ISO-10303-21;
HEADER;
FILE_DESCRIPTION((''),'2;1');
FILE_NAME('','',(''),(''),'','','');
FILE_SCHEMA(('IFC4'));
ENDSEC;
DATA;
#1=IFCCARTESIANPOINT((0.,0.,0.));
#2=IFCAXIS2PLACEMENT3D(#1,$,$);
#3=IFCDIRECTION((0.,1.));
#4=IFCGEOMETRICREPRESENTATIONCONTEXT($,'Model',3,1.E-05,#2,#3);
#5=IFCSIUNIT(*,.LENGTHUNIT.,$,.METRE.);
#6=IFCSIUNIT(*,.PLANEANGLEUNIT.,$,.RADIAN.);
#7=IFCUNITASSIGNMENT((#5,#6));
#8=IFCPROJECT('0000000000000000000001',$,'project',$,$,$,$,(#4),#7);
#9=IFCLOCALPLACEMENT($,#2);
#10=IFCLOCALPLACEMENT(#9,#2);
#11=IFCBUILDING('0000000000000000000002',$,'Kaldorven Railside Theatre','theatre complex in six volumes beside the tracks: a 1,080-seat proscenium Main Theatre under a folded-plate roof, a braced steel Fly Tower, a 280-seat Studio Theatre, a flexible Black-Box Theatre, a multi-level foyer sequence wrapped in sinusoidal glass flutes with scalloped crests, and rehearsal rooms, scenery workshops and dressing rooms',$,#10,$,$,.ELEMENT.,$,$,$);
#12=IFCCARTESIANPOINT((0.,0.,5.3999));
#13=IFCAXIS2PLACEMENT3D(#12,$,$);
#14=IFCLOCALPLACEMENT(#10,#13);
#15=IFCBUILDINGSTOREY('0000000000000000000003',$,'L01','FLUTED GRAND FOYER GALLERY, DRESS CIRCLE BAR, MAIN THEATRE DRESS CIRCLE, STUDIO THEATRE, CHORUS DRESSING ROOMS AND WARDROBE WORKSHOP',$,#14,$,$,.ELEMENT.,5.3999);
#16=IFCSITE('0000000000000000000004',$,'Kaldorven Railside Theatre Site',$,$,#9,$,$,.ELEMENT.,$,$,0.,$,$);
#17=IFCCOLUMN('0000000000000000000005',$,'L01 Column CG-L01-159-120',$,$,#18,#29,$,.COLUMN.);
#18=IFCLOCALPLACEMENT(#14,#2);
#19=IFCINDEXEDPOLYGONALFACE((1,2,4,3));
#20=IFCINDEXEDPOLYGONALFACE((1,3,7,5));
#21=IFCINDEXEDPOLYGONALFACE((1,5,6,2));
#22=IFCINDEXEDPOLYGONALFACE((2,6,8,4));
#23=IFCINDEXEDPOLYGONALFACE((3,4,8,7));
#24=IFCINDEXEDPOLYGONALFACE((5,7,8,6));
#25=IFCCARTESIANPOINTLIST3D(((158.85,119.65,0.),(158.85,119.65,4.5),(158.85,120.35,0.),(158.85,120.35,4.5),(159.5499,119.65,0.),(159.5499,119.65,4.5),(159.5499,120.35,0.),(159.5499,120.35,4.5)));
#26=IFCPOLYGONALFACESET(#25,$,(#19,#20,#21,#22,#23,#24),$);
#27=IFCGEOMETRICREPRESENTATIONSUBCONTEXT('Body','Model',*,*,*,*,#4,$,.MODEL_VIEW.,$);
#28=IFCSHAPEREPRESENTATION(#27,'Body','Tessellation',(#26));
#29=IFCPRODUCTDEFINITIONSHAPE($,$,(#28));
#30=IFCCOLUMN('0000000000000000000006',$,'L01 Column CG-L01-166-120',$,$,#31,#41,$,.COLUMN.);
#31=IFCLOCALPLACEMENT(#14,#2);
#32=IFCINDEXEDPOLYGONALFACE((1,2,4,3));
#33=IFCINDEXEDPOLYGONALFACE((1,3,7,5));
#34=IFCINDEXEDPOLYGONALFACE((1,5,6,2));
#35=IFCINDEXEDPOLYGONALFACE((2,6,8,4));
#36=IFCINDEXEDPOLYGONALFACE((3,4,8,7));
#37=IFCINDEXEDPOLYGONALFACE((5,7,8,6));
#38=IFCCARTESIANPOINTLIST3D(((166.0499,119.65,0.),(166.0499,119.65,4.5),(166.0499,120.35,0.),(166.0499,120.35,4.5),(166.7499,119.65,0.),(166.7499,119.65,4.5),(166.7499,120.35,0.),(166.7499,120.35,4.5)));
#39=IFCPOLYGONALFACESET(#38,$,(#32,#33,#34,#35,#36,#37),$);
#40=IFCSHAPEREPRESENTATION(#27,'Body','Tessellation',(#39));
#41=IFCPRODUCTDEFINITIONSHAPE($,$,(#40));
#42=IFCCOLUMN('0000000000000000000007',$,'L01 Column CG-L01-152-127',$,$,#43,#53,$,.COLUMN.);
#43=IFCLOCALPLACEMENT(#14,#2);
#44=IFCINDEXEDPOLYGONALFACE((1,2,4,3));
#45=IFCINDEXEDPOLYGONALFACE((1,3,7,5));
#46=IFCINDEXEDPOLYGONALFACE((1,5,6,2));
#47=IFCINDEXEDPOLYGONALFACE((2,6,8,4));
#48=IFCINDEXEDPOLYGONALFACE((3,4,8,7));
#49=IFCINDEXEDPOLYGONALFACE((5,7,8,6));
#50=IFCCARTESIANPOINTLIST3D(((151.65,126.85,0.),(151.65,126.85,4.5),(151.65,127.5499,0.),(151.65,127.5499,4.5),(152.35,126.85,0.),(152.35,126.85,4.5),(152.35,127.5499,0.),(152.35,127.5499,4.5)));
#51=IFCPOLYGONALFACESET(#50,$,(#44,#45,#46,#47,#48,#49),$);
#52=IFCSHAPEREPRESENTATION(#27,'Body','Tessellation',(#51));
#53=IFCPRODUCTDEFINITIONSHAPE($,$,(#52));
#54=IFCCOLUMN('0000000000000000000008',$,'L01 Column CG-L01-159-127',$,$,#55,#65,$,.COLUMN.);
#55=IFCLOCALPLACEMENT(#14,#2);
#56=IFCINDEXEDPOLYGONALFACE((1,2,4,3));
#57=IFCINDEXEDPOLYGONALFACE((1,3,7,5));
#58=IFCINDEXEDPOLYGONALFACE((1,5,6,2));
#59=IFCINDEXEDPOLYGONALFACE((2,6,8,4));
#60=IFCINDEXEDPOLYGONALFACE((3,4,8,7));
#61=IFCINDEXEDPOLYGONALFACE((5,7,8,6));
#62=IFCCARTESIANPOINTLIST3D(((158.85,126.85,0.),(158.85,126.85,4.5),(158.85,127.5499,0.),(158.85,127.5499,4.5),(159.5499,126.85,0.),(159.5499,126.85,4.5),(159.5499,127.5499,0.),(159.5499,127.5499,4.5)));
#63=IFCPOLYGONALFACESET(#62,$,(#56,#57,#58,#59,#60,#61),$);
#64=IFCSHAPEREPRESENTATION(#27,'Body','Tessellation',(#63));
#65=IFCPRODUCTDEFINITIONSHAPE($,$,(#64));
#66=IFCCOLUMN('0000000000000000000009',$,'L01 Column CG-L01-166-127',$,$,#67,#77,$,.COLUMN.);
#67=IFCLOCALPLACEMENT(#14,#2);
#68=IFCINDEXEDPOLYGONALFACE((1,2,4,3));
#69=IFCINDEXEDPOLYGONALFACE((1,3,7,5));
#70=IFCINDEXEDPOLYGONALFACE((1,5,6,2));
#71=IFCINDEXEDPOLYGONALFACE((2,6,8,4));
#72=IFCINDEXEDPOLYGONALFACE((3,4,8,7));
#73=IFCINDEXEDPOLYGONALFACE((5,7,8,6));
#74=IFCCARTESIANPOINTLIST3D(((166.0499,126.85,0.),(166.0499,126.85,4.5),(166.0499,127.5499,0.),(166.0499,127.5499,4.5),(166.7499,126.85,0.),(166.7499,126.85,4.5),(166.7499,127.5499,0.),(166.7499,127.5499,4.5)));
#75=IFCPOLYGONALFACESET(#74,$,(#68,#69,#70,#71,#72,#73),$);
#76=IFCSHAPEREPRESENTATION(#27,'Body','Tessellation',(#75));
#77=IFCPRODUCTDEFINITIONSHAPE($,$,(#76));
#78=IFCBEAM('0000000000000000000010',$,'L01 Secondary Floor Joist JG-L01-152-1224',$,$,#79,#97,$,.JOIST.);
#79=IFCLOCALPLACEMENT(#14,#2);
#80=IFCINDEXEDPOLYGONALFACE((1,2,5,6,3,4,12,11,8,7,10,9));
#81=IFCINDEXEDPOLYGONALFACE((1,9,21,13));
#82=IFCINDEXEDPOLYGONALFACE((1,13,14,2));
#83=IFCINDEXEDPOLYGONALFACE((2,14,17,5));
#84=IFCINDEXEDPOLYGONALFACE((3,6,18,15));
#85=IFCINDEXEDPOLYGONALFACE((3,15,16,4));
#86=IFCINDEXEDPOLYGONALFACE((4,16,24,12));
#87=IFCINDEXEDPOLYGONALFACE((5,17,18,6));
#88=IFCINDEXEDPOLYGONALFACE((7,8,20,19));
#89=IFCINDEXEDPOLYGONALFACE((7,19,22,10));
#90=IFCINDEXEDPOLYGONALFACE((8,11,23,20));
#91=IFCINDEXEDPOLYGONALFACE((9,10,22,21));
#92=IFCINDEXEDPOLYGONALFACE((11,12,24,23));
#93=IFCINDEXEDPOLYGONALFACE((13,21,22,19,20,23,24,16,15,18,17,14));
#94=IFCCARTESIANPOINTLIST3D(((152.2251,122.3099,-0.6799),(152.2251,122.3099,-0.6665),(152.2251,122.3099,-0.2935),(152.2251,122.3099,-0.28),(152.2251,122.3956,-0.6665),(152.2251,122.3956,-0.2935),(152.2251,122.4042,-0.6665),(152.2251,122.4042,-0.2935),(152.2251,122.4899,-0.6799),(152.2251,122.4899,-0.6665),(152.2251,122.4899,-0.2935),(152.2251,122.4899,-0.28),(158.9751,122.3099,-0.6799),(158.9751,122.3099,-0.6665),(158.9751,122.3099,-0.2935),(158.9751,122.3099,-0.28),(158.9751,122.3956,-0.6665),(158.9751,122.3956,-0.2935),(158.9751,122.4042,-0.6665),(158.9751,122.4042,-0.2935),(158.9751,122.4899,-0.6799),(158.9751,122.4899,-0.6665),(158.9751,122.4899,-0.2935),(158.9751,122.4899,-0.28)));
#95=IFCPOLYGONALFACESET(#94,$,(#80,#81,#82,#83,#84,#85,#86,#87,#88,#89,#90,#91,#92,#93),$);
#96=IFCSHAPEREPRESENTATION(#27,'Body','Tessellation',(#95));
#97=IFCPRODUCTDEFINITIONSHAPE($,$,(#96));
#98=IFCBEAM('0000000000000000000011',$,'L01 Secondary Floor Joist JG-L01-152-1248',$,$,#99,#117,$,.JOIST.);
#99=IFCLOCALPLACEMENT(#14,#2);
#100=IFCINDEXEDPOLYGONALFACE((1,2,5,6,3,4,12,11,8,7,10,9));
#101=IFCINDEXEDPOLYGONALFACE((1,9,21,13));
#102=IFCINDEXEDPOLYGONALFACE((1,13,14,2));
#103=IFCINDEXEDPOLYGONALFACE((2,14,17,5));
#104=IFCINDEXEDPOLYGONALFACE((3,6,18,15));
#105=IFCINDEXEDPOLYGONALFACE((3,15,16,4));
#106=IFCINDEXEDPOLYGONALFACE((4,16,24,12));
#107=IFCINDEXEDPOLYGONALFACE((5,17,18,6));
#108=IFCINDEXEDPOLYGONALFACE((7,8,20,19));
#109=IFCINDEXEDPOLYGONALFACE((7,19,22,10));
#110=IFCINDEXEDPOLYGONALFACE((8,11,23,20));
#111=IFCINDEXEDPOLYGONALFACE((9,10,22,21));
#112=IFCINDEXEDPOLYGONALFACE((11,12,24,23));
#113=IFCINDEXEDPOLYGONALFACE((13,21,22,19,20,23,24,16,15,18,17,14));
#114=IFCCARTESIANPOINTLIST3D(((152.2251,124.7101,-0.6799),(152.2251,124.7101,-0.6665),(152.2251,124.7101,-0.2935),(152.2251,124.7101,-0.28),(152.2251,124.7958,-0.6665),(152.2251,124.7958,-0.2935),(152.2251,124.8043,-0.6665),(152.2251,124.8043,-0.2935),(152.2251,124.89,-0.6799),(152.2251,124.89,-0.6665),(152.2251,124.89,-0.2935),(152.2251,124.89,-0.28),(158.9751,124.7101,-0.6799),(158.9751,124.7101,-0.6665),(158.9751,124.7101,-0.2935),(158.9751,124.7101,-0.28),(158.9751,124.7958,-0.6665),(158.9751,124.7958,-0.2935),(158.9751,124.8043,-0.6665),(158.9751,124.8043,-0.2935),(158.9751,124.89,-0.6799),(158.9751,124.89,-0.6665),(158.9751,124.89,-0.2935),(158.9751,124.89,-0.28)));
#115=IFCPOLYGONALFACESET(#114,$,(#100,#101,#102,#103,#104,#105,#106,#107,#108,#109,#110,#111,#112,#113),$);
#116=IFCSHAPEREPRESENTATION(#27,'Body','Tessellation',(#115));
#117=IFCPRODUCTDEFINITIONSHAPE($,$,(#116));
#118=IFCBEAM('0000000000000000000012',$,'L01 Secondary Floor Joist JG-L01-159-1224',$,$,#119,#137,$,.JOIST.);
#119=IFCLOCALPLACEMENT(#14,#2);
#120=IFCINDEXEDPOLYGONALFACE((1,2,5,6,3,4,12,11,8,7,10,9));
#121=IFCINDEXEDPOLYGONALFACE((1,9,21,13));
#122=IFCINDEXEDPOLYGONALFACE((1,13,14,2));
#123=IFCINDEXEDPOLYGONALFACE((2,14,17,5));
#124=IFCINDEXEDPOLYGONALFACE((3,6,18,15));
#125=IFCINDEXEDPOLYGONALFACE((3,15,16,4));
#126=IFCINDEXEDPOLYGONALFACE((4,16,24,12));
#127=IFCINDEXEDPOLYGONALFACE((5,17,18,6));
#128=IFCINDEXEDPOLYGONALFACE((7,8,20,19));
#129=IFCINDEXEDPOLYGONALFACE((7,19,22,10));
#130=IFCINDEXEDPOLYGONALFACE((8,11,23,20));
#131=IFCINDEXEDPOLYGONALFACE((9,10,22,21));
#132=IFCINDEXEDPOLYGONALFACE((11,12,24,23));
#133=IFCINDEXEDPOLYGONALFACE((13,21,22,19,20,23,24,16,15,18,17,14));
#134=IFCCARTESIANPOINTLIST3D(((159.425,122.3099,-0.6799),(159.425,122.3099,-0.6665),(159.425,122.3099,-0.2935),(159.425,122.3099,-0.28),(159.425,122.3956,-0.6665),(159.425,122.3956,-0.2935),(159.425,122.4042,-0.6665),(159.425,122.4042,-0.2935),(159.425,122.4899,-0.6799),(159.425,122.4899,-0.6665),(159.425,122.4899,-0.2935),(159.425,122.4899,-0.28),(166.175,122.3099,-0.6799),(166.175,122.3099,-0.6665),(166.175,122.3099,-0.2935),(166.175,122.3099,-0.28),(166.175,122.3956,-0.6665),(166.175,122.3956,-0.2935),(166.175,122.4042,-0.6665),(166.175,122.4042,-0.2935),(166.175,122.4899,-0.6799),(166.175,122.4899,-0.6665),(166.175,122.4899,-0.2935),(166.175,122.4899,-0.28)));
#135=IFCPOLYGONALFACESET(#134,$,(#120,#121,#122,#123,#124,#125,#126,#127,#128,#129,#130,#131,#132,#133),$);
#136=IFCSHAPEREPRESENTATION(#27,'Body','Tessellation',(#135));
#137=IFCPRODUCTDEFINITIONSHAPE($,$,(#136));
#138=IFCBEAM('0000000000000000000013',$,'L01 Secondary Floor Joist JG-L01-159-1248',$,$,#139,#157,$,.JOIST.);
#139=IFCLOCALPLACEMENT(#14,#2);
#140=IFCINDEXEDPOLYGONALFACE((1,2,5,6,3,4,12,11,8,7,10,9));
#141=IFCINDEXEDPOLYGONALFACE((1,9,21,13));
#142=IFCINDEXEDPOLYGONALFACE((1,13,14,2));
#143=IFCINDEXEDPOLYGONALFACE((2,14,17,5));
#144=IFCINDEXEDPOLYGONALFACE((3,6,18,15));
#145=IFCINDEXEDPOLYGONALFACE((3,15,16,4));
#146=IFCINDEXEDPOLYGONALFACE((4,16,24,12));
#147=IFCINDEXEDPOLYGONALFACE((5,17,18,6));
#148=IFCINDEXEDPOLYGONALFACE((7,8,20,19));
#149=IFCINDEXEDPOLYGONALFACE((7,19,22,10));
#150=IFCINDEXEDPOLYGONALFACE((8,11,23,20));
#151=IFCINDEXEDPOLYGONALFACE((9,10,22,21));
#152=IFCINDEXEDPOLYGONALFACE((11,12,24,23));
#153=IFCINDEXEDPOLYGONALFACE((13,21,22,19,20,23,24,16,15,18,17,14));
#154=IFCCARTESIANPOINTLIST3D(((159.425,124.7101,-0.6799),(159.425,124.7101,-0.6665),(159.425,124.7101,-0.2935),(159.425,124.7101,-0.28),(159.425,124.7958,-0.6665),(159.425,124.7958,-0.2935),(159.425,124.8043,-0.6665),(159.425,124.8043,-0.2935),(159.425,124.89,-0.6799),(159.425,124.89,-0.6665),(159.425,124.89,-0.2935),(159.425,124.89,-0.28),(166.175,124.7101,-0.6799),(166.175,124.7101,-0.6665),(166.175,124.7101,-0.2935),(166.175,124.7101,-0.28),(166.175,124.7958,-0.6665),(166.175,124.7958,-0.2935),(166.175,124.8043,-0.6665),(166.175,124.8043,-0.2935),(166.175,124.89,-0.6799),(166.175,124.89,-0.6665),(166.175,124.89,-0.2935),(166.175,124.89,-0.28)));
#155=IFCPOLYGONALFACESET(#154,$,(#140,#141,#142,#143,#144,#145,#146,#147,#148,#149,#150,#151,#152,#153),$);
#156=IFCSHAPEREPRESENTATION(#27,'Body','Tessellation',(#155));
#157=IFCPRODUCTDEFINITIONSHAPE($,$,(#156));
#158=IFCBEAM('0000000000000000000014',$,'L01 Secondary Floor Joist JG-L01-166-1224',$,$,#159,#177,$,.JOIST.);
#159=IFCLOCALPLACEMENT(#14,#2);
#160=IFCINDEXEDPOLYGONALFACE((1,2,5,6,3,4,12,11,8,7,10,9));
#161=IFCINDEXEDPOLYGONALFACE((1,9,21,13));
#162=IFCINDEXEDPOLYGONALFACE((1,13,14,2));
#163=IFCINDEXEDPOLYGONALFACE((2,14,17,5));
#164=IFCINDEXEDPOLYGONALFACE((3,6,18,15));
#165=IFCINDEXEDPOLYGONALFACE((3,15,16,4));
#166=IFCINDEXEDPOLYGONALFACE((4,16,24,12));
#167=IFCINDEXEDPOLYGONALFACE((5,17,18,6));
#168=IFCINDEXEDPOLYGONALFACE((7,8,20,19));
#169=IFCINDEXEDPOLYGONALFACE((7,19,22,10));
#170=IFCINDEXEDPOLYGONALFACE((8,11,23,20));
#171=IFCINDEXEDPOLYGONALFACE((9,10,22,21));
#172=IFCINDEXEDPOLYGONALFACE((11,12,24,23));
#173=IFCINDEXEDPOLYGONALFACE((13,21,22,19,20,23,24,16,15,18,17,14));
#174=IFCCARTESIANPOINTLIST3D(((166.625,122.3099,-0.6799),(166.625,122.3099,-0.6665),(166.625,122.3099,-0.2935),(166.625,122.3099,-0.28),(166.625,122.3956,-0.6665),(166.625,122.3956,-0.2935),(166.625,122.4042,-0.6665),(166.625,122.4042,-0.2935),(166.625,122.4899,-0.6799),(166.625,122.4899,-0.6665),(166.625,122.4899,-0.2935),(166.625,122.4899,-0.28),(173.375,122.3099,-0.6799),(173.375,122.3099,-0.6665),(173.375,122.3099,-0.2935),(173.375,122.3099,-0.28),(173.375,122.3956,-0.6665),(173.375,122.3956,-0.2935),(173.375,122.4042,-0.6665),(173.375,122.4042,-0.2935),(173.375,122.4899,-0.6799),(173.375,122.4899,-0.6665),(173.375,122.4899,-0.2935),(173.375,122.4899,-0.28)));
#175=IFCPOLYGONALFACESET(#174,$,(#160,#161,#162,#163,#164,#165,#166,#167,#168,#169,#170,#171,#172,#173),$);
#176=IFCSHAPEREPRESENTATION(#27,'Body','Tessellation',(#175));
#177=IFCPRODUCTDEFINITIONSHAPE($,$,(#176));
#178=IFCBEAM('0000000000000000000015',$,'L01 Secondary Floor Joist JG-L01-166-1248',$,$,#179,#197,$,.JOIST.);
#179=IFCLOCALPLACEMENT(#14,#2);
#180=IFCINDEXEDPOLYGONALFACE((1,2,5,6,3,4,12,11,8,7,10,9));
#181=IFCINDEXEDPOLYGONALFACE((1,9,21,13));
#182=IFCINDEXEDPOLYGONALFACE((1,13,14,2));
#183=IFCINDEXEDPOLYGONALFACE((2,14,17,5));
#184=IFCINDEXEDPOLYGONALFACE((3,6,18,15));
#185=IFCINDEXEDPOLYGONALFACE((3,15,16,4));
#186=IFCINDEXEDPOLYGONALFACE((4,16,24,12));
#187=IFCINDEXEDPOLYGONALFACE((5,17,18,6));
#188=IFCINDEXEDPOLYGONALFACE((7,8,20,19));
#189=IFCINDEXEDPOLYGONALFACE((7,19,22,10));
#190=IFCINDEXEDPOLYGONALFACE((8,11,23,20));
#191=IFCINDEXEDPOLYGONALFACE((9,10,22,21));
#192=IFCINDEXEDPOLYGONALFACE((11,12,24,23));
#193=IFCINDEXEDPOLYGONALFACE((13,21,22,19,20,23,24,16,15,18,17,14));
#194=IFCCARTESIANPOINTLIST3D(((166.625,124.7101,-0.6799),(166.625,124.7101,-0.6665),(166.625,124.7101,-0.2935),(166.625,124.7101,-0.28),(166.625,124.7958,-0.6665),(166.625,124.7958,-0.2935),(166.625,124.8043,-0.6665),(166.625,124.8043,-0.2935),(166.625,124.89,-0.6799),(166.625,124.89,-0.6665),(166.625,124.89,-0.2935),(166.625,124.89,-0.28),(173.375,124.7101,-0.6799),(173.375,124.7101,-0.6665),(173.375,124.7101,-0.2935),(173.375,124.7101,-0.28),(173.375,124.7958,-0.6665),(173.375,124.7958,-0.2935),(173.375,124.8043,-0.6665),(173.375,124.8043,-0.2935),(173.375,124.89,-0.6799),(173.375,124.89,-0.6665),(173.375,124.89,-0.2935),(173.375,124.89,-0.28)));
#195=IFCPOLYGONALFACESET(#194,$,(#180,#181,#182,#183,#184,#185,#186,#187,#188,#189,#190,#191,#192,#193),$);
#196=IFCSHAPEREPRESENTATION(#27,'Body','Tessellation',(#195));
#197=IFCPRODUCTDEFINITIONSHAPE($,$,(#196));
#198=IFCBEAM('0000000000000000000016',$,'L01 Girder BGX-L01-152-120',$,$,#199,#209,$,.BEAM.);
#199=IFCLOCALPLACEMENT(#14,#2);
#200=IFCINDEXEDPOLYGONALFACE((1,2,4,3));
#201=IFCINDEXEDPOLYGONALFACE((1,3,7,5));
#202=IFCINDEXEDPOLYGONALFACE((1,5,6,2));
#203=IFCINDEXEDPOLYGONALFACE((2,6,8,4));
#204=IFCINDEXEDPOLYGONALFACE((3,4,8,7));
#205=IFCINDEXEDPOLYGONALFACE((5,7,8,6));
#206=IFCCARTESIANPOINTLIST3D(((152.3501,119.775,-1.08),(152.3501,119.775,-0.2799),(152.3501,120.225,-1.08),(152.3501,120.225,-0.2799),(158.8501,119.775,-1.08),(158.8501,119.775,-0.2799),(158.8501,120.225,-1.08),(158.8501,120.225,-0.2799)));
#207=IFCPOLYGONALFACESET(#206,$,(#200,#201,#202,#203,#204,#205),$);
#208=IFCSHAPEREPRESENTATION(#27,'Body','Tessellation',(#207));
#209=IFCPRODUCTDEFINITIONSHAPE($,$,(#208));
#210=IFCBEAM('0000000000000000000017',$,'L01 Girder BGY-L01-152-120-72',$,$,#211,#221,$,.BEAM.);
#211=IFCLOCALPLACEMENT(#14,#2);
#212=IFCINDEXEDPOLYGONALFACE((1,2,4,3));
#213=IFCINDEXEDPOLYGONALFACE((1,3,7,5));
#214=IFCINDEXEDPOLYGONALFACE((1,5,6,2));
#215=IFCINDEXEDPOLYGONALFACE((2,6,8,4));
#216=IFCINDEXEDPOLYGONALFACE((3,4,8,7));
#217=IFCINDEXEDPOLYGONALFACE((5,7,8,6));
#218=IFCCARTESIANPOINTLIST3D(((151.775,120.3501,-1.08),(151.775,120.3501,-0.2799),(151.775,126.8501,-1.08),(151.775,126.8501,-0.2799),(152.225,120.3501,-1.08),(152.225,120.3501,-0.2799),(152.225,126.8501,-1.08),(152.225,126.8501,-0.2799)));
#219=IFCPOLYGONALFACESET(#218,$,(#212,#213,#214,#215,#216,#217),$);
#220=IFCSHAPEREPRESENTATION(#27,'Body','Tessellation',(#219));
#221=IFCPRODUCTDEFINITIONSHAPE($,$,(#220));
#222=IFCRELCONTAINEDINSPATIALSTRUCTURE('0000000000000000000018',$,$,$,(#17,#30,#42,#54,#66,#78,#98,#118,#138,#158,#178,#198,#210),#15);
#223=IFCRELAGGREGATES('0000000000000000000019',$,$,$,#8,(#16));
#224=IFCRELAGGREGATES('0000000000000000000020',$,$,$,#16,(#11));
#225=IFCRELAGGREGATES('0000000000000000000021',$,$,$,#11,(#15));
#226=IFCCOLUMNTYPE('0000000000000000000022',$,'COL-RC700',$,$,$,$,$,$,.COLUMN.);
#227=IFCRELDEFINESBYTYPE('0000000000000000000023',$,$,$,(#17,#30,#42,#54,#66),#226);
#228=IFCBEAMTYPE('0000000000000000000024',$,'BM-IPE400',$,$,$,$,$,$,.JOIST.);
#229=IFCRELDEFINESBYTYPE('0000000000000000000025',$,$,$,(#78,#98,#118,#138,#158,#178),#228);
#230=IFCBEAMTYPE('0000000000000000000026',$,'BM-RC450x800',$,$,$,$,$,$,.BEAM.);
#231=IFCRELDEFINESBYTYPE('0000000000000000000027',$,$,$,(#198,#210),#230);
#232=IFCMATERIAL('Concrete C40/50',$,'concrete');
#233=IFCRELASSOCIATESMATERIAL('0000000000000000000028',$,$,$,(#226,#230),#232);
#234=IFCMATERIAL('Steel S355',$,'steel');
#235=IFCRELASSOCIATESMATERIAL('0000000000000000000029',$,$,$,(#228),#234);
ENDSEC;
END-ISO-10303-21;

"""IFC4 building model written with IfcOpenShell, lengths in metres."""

from ifc_helpers import new_model, si_unit, direction, frame, origin, origin_2d, place, context, subcontext, project, spatial, rectangle, i_section, extrude, material, material_profile, profile_set, type_object, element, save


model = new_model("IFC4")

# Units and contexts
model_context = context("Model", 3, precision=1e-05, world=origin(), true_north=direction((0.0, 1.0)))
body_context = subcontext(model_context, "Body", "Model", "MODEL_VIEW")
ifc_project = project(units=[si_unit("LENGTHUNIT", "METRE"), si_unit("PLANEANGLEUNIT", "RADIAN")], contexts=[model_context])

# Site, building, storey
site_placement = place(None, origin())
site = spatial("IfcSite", under=ifc_project, at=site_placement, Name="Kaldorven Railside Theatre Site", CompositionType="ELEMENT", RefElevation=0.0)
building_placement = place(site_placement, origin())
building = spatial("IfcBuilding", under=site, at=building_placement, Name="Kaldorven Railside Theatre", Description="theatre complex in six volumes beside the tracks: a 1,080-seat proscenium Main Theatre under a folded-plate roof, a braced steel Fly Tower, a 280-seat Studio Theatre, a flexible Black-Box Theatre, a multi-level foyer sequence wrapped in sinusoidal glass flutes with scalloped crests, and rehearsal rooms, scenery workshops and dressing rooms", CompositionType="ELEMENT")
storey_placement = place(building_placement, frame((0.0, 0.0, 5.3999)))
storey = spatial("IfcBuildingStorey", under=building, at=storey_placement, Name="L01", Description="FLUTED GRAND FOYER GALLERY, DRESS CIRCLE BAR, MAIN THEATRE DRESS CIRCLE, STUDIO THEATRE, CHORUS DRESSING ROOMS AND WARDROBE WORKSHOP", CompositionType="ELEMENT", Elevation=5.3999)

# Columns
ifc_material_1 = material(Name="Concrete C40/50", Category="concrete")
ifc_material_profile_1 = material_profile(ifc_material_1, rectangle(XDim=0.7, YDim=0.7, at=origin_2d()), Name="RC 700x700")
ifc_profile_set_1 = profile_set([ifc_material_profile_1], Name="Concrete C40/50")
column_type = type_object("IfcColumnType", Name="COL-RC700", PredefinedType="COLUMN", material=ifc_profile_set_1)
for number, where, z_axis, x_axis, name in (
    (1, (159.2, 120.0, 0.0), (0.0, 0.0, 1.0), (0.0, 1.0, 0.0), "L01 Column CG-L01-159-120"),
    (2, (166.3999, 120.0, 0.0), (0.0, 0.0, 1.0), (1.0, 0.0, 0.0), "L01 Column CG-L01-166-120"),
    (3, (152.0, 127.2, 0.0), (0.0, 0.0, 1.0), (0.0, 1.0, 0.0), "L01 Column CG-L01-152-127"),
    (4, (159.2, 127.2, 0.0), (0.0, 0.0, 1.0), (1.0, 0.0, 0.0), "L01 Column CG-L01-159-127"),
    (5, (166.3999, 127.2, 0.0), (0.0, 0.0, 1.0), (0.0, 1.0, 0.0), "L01 Column CG-L01-166-127"),
):
    element("IfcColumn", number, at=place(storey_placement, frame(where, z_axis=z_axis, x_axis=x_axis)), inside=storey, type_object=column_type, Name=name, PredefinedType="COLUMN", context=body_context, shape_type="SweptSolid", body=[
        extrude(rectangle(XDim=0.7, YDim=0.7, at=origin_2d()), origin(), (0.0, 0.0, 1.0), 4.5),
    ])

# Beams
ifc_material_2 = material(Name="Steel S355", Category="steel")
ifc_material_profile_2 = material_profile(ifc_material_2, i_section(OverallWidth=0.1799, OverallDepth=0.3999, WebThickness=0.0085, FlangeThickness=0.0134, at=origin_2d()), Name="IPE 400")
ifc_profile_set_2 = profile_set([ifc_material_profile_2], Name="Steel S355")
beam_type_1 = type_object("IfcBeamType", Name="BM-IPE400", PredefinedType="JOIST", material=ifc_profile_set_2)
for number, where, z_axis, x_axis, name in (
    (6, (152.2251, 122.3999, -0.48), (1.0, 0.0, 0.0), (0.0, 1.0, 0.0), "L01 Secondary Floor Joist JG-L01-152-1224"),
    (7, (152.2251, 124.8, -0.48), (1.0, 0.0, 0.0), (0.0, 1.0, 0.0), "L01 Secondary Floor Joist JG-L01-152-1248"),
    (8, (159.425, 122.3999, -0.48), (1.0, 0.0, 0.0), (0.0, 1.0, 0.0), "L01 Secondary Floor Joist JG-L01-159-1224"),
    (9, (159.425, 124.8, -0.48), (1.0, 0.0, 0.0), (0.0, 1.0, 0.0), "L01 Secondary Floor Joist JG-L01-159-1248"),
    (10, (166.625, 122.3999, -0.48), (1.0, 0.0, 0.0), (0.0, 1.0, 0.0), "L01 Secondary Floor Joist JG-L01-166-1224"),
    (11, (166.625, 124.8, -0.48), (1.0, 0.0, 0.0), (0.0, 1.0, 0.0), "L01 Secondary Floor Joist JG-L01-166-1248"),
):
    element("IfcBeam", number, at=place(storey_placement, frame(where, z_axis=z_axis, x_axis=x_axis)), inside=storey, type_object=beam_type_1, Name=name, PredefinedType="JOIST", context=body_context, shape_type="SweptSolid", body=[
        extrude(i_section(OverallWidth=0.1799, OverallDepth=0.3999, WebThickness=0.0085, FlangeThickness=0.0134, at=origin_2d()), origin(), (0.0, 0.0, 1.0), 6.75),
    ])
ifc_material_profile_3 = material_profile(ifc_material_1, rectangle(XDim=0.45, YDim=0.8, at=origin_2d()), Name="RC 450x800")
ifc_profile_set_3 = profile_set([ifc_material_profile_3], Name="Concrete C40/50")
beam_type_2 = type_object("IfcBeamType", Name="BM-RC450x800", PredefinedType="BEAM", material=ifc_profile_set_3)
for number, where, z_axis, x_axis, name in (
    (12, (152.3501, 120.0, -0.6799), (1.0, 0.0, 0.0), (0.0, 1.0, 0.0), "L01 Girder BGX-L01-152-120"),
    (13, (152.0, 120.3501, -0.6799), (0.0, 1.0, 0.0), (-1.0, 0.0, 0.0), "L01 Girder BGY-L01-152-120-72"),
):
    element("IfcBeam", number, at=place(storey_placement, frame(where, z_axis=z_axis, x_axis=x_axis)), inside=storey, type_object=beam_type_2, Name=name, PredefinedType="BEAM", context=body_context, shape_type="SweptSolid", body=[
        extrude(rectangle(XDim=0.45, YDim=0.8, at=origin_2d()), origin(), (0.0, 0.0, 1.0), 6.5),
    ])

save(model, "model.ifc")
